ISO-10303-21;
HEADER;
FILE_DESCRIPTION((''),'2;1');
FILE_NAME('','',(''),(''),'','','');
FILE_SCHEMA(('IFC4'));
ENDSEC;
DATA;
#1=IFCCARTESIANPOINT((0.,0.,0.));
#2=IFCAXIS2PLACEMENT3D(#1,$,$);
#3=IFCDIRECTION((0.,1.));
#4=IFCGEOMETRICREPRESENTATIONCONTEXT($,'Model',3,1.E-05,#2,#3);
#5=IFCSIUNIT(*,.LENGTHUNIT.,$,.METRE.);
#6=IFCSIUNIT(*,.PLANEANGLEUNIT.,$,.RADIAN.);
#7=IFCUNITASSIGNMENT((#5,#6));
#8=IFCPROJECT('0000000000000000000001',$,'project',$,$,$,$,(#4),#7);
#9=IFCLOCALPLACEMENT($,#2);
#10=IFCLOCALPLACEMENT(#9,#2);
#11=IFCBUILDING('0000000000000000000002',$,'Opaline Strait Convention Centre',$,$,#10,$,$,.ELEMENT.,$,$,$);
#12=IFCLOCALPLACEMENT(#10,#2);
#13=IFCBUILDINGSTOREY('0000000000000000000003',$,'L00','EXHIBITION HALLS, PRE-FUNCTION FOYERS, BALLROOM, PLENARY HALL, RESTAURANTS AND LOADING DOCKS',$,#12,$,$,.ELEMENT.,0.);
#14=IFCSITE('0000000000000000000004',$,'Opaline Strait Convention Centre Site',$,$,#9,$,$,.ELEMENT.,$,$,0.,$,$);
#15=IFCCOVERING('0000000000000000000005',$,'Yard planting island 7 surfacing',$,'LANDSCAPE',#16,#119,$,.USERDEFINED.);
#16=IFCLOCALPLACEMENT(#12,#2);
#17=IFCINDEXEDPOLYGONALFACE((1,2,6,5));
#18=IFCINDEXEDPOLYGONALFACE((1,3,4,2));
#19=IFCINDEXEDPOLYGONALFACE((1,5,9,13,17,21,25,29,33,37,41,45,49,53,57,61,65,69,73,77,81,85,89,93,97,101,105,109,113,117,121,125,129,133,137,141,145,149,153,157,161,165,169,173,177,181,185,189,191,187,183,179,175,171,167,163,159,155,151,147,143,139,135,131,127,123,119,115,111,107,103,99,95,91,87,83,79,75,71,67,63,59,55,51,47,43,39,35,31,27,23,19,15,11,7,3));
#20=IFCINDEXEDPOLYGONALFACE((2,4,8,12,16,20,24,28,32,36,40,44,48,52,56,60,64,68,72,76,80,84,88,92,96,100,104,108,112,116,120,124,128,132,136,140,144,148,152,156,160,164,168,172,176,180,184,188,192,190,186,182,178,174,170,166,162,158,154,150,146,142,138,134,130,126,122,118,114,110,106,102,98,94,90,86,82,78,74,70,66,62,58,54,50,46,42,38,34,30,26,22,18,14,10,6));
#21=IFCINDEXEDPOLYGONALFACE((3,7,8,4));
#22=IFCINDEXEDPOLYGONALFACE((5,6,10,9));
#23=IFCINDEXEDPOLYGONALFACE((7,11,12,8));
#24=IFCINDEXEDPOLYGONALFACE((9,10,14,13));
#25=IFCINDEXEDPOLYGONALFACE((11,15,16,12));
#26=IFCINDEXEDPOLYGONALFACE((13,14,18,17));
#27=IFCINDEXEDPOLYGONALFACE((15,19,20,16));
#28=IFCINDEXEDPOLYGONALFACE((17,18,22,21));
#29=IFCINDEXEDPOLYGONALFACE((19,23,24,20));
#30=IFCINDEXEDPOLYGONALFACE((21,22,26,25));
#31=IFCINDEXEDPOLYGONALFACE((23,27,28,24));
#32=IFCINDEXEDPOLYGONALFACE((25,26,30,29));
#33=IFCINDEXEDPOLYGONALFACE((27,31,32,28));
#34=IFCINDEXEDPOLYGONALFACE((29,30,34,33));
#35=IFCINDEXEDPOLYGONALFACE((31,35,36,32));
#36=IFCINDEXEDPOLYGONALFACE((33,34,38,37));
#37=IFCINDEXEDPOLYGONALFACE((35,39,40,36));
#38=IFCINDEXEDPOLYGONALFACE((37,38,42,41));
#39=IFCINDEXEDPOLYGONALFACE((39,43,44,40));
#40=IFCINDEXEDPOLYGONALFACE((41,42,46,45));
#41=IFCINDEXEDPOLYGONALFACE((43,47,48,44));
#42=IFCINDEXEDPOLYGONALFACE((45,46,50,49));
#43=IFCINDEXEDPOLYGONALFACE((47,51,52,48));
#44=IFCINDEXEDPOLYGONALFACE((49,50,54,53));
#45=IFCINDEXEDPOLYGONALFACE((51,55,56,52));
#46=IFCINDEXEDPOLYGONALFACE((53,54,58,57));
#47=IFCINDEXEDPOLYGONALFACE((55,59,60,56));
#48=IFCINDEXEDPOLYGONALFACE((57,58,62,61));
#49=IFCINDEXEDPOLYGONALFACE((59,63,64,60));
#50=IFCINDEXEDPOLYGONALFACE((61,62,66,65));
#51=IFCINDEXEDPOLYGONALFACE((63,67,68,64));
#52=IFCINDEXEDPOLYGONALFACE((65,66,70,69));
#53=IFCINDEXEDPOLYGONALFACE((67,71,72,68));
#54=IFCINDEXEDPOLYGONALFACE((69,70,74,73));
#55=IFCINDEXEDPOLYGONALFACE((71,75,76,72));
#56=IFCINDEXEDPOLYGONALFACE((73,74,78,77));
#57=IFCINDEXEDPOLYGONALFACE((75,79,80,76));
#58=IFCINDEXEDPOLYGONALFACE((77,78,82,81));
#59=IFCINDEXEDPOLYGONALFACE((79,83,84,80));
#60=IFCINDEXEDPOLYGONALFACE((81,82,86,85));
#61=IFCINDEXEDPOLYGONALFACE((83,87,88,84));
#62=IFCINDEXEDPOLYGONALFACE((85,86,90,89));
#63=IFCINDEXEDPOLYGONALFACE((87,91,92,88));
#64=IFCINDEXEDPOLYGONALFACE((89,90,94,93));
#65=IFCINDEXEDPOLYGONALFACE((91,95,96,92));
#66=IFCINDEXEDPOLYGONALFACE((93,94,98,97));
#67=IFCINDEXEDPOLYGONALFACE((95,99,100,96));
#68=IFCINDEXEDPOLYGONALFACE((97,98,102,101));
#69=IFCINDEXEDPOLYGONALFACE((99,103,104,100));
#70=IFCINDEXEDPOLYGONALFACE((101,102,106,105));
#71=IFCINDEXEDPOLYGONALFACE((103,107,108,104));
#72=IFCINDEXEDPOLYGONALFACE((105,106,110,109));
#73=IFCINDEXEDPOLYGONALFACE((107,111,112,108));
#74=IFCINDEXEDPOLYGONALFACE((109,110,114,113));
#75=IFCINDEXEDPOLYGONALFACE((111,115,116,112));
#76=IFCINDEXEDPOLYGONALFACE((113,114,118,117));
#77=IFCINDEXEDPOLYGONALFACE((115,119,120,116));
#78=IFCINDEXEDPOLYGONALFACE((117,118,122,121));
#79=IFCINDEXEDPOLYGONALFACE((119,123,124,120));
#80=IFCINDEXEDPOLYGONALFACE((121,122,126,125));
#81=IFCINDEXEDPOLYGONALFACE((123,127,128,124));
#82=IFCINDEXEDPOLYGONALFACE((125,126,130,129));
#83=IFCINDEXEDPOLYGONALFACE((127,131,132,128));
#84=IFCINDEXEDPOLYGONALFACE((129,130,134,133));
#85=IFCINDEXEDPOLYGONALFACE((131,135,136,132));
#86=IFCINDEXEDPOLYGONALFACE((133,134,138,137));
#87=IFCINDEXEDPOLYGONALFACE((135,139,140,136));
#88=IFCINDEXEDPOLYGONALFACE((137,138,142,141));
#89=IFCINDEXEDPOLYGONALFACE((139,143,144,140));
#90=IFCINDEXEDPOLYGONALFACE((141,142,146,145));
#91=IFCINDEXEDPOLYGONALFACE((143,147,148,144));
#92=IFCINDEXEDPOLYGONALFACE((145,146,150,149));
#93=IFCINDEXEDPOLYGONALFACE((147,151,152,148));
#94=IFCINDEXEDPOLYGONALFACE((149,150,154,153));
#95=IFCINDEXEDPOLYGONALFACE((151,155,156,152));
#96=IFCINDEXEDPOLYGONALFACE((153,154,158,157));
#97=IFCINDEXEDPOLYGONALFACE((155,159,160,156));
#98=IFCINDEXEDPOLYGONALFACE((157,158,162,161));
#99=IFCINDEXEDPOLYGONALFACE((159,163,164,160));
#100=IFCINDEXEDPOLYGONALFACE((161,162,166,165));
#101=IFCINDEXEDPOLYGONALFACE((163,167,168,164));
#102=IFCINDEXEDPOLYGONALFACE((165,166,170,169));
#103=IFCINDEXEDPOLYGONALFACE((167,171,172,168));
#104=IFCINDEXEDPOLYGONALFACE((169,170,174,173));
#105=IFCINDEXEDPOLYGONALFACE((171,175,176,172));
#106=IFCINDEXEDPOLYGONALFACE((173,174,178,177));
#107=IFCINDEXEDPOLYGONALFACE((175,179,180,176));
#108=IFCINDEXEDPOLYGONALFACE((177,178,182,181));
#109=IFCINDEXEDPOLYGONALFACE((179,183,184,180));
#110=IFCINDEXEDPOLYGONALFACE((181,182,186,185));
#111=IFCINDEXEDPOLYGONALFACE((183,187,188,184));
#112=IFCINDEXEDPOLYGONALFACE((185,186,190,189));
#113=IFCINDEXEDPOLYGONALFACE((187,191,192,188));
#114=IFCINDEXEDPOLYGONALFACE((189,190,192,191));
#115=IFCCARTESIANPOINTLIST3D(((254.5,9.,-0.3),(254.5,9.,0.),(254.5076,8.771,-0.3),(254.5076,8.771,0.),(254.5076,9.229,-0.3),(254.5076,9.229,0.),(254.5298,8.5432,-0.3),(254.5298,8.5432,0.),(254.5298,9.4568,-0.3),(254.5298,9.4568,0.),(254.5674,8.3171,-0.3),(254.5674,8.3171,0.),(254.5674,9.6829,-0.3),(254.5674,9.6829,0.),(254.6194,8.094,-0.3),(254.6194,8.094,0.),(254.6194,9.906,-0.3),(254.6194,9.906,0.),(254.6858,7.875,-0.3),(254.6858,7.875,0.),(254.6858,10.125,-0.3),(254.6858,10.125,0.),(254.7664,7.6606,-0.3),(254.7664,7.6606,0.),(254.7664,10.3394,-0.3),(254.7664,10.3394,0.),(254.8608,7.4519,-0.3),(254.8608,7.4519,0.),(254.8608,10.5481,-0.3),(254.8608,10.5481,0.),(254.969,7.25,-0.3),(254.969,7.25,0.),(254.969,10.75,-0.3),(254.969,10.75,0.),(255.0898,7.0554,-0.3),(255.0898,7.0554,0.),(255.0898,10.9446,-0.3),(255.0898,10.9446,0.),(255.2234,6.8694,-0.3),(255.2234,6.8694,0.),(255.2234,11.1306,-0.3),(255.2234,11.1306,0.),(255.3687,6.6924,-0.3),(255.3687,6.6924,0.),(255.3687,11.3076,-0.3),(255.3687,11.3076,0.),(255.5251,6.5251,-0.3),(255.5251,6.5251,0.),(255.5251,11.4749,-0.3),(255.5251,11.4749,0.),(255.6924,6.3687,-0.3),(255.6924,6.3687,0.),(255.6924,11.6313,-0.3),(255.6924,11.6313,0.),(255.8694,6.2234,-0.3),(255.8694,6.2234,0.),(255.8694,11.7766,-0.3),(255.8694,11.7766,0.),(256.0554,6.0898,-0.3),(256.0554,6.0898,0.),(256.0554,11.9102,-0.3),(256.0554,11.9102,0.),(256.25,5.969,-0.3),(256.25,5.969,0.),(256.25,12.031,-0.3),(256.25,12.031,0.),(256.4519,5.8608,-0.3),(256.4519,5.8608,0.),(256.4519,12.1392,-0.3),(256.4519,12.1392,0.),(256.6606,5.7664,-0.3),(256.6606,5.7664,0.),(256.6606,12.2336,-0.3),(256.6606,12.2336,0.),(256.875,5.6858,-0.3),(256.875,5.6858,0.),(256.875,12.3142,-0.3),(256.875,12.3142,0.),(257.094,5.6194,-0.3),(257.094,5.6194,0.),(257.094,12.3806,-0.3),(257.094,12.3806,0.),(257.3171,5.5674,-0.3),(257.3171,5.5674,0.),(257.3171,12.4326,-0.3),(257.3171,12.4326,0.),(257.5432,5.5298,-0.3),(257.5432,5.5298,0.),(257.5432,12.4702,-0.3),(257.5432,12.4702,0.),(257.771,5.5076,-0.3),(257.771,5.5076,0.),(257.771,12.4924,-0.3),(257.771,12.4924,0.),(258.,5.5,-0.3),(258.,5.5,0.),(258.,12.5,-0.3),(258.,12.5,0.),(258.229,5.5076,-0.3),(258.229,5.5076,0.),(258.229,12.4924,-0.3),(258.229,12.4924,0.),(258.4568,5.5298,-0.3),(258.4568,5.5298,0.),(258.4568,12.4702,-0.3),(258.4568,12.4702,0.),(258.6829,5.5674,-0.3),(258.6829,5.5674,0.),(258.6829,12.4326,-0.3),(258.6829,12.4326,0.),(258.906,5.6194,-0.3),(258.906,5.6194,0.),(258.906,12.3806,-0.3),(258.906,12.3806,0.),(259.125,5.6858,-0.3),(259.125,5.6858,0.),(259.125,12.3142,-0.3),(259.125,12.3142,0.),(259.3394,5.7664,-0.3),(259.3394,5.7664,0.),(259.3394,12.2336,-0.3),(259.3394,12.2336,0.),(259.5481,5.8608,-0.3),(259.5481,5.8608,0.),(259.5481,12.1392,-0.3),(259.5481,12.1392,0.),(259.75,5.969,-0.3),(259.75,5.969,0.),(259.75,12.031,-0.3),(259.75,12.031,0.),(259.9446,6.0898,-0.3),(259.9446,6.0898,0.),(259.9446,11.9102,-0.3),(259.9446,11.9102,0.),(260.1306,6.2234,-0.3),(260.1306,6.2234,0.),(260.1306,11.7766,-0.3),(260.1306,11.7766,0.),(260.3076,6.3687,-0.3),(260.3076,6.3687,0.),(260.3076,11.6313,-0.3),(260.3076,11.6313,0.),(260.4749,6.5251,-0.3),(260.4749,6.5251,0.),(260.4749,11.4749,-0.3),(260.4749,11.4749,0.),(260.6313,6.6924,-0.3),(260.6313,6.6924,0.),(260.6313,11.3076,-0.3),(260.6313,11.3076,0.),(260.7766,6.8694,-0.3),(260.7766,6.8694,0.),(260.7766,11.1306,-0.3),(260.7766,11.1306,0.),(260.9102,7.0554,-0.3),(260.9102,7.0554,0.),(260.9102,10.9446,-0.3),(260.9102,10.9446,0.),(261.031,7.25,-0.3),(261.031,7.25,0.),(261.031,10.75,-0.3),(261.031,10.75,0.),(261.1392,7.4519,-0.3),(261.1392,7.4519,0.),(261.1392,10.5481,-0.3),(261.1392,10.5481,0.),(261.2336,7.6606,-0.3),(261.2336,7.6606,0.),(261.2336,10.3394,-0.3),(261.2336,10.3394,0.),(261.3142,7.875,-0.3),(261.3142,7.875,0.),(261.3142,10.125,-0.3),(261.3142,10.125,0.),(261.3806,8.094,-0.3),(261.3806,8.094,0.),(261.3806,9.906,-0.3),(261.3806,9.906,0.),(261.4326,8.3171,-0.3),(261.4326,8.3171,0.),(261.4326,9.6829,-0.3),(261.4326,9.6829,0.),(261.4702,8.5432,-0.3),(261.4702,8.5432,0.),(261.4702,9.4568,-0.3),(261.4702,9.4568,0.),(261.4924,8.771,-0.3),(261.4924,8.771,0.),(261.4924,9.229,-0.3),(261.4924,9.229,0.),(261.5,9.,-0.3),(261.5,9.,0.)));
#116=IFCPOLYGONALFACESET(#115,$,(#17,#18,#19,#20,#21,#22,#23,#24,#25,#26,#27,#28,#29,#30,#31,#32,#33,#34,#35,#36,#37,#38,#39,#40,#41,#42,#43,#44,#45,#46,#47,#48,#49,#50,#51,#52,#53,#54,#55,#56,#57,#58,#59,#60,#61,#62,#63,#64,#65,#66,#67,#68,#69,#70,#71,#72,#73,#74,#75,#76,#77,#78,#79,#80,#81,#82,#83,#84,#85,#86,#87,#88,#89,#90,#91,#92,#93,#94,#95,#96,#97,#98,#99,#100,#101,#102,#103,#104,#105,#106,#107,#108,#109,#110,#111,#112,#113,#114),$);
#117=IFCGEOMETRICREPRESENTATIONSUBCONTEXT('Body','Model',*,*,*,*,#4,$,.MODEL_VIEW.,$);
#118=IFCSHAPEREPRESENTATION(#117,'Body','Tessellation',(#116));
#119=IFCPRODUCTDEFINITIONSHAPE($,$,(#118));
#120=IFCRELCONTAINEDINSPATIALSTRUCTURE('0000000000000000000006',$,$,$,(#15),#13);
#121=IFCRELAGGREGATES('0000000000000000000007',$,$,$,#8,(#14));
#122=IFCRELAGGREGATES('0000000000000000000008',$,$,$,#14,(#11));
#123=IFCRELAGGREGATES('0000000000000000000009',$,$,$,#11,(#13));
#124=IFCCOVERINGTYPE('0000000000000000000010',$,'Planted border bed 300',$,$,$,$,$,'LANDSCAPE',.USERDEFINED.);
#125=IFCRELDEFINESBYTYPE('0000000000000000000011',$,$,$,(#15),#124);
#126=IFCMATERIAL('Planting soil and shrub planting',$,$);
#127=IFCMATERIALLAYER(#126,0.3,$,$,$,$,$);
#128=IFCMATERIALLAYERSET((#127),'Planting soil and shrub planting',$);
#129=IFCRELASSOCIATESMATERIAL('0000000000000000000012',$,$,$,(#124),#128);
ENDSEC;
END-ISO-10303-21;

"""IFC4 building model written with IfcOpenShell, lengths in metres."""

from ifc_helpers import new_model, si_unit, direction, frame, origin, place, context, subcontext, project, spatial, polyline, outline, extrude, material, layer, layer_set, type_object, element, save


model = new_model("IFC4")

# Units and contexts
model_context = context("Model", 3, precision=1e-05, world=origin(), true_north=direction((0.0, 1.0)))
body_context = subcontext(model_context, "Body", "Model", "MODEL_VIEW")
ifc_project = project(units=[si_unit("LENGTHUNIT", "METRE"), si_unit("PLANEANGLEUNIT", "RADIAN")], contexts=[model_context])

# Site, building, storey
site_placement = place(None, origin())
site = spatial("IfcSite", under=ifc_project, at=site_placement, Name="Opaline Strait Convention Centre Site", CompositionType="ELEMENT", RefElevation=0.0)
building_placement = place(site_placement, origin())
building = spatial("IfcBuilding", under=site, at=building_placement, Name="Opaline Strait Convention Centre", CompositionType="ELEMENT")
storey_placement = place(building_placement, origin())
storey = spatial("IfcBuildingStorey", under=building, at=storey_placement, Name="L00", Description="EXHIBITION HALLS, PRE-FUNCTION FOYERS, BALLROOM, PLENARY HALL, RESTAURANTS AND LOADING DOCKS", CompositionType="ELEMENT", Elevation=0.0)

# Covering
ifc_material_1 = material(Name="Planting soil and shrub planting")
ifc_layer_1 = layer(ifc_material_1, 0.3)
ifc_layer_set_1 = layer_set([ifc_layer_1], Name="Planting soil and shrub planting")
covering_type_1 = type_object("IfcCoveringType", Name="Planted border bed 300", ElementType="LANDSCAPE", PredefinedType="USERDEFINED", material=ifc_layer_set_1)
covering_1_placement = place(storey_placement, frame((0.0, 0.0, -0.3)))
element("IfcCovering", 1, at=covering_1_placement, inside=storey, type_object=covering_type_1, Name="Yard planting island 7 surfacing", ObjectType="LANDSCAPE", PredefinedType="USERDEFINED", context=body_context, shape_type="SweptSolid", body=[
    extrude(outline(polyline([(261.4326, 8.3171), (261.4702, 8.5432), (261.4924, 8.771), (261.5, 9.0), (261.4924, 9.229), (261.4702, 9.4568), (261.4326, 9.6829), (261.3806, 9.906), (261.3142, 10.125), (261.2336, 10.3394), (261.1392, 10.5481), (261.031, 10.75), (260.9102, 10.9446), (260.7766, 11.1306), (260.6313, 11.3076), (260.4749, 11.4749), (260.3076, 11.6313), (260.1306, 11.7766), (259.9446, 11.9102), (259.75, 12.031), (259.5481, 12.1392), (259.3394, 12.2336), (259.125, 12.3142), (258.906, 12.3806), (258.6829, 12.4326), (258.4568, 12.4702), (258.229, 12.4924), (258.0, 12.5), (257.771, 12.4924), (257.5432, 12.4702), (257.3171, 12.4326), (257.094, 12.3806), (256.875, 12.3142), (256.6606, 12.2336), (256.4519, 12.1392), (256.25, 12.031), (256.0554, 11.9102), (255.8694, 11.7766), (255.6924, 11.6313), (255.5251, 11.4749), (255.3687, 11.3076), (255.2234, 11.1306), (255.0898, 10.9446), (254.969, 10.75), (254.8608, 10.5481), (254.7664, 10.3394), (254.6858, 10.125), (254.6194, 9.906), (254.5674, 9.6829), (254.5298, 9.4568), (254.5076, 9.229), (254.5, 9.0), (254.5076, 8.771), (254.5298, 8.5432), (254.5674, 8.3171), (254.6194, 8.094), (254.6858, 7.875), (254.7664, 7.6606), (254.8608, 7.4519), (254.969, 7.25), (255.0898, 7.0554), (255.2234, 6.8694), (255.3687, 6.6924), (255.5251, 6.5251), (255.6924, 6.3687), (255.8694, 6.2234), (256.0554, 6.0898), (256.25, 5.969), (256.4519, 5.8608), (256.6606, 5.7664), (256.875, 5.6858), (257.094, 5.6194), (257.3171, 5.5674), (257.5432, 5.5298), (257.771, 5.5076), (258.0, 5.5), (258.229, 5.5076), (258.4568, 5.5298), (258.6829, 5.5674), (258.906, 5.6194), (259.125, 5.6858), (259.3394, 5.7664), (259.5481, 5.8608), (259.75, 5.969), (259.9446, 6.0898), (260.1306, 6.2234), (260.3076, 6.3687), (260.4749, 6.5251), (260.6313, 6.6924), (260.7766, 6.8694), (260.9102, 7.0554), (261.031, 7.25), (261.1392, 7.4519), (261.2336, 7.6606), (261.3142, 7.875), (261.3806, 8.094), (261.4326, 8.3171)])), origin(), (0.0, 0.0, 1.0), 0.3),
])

save(model, "model.ifc")
